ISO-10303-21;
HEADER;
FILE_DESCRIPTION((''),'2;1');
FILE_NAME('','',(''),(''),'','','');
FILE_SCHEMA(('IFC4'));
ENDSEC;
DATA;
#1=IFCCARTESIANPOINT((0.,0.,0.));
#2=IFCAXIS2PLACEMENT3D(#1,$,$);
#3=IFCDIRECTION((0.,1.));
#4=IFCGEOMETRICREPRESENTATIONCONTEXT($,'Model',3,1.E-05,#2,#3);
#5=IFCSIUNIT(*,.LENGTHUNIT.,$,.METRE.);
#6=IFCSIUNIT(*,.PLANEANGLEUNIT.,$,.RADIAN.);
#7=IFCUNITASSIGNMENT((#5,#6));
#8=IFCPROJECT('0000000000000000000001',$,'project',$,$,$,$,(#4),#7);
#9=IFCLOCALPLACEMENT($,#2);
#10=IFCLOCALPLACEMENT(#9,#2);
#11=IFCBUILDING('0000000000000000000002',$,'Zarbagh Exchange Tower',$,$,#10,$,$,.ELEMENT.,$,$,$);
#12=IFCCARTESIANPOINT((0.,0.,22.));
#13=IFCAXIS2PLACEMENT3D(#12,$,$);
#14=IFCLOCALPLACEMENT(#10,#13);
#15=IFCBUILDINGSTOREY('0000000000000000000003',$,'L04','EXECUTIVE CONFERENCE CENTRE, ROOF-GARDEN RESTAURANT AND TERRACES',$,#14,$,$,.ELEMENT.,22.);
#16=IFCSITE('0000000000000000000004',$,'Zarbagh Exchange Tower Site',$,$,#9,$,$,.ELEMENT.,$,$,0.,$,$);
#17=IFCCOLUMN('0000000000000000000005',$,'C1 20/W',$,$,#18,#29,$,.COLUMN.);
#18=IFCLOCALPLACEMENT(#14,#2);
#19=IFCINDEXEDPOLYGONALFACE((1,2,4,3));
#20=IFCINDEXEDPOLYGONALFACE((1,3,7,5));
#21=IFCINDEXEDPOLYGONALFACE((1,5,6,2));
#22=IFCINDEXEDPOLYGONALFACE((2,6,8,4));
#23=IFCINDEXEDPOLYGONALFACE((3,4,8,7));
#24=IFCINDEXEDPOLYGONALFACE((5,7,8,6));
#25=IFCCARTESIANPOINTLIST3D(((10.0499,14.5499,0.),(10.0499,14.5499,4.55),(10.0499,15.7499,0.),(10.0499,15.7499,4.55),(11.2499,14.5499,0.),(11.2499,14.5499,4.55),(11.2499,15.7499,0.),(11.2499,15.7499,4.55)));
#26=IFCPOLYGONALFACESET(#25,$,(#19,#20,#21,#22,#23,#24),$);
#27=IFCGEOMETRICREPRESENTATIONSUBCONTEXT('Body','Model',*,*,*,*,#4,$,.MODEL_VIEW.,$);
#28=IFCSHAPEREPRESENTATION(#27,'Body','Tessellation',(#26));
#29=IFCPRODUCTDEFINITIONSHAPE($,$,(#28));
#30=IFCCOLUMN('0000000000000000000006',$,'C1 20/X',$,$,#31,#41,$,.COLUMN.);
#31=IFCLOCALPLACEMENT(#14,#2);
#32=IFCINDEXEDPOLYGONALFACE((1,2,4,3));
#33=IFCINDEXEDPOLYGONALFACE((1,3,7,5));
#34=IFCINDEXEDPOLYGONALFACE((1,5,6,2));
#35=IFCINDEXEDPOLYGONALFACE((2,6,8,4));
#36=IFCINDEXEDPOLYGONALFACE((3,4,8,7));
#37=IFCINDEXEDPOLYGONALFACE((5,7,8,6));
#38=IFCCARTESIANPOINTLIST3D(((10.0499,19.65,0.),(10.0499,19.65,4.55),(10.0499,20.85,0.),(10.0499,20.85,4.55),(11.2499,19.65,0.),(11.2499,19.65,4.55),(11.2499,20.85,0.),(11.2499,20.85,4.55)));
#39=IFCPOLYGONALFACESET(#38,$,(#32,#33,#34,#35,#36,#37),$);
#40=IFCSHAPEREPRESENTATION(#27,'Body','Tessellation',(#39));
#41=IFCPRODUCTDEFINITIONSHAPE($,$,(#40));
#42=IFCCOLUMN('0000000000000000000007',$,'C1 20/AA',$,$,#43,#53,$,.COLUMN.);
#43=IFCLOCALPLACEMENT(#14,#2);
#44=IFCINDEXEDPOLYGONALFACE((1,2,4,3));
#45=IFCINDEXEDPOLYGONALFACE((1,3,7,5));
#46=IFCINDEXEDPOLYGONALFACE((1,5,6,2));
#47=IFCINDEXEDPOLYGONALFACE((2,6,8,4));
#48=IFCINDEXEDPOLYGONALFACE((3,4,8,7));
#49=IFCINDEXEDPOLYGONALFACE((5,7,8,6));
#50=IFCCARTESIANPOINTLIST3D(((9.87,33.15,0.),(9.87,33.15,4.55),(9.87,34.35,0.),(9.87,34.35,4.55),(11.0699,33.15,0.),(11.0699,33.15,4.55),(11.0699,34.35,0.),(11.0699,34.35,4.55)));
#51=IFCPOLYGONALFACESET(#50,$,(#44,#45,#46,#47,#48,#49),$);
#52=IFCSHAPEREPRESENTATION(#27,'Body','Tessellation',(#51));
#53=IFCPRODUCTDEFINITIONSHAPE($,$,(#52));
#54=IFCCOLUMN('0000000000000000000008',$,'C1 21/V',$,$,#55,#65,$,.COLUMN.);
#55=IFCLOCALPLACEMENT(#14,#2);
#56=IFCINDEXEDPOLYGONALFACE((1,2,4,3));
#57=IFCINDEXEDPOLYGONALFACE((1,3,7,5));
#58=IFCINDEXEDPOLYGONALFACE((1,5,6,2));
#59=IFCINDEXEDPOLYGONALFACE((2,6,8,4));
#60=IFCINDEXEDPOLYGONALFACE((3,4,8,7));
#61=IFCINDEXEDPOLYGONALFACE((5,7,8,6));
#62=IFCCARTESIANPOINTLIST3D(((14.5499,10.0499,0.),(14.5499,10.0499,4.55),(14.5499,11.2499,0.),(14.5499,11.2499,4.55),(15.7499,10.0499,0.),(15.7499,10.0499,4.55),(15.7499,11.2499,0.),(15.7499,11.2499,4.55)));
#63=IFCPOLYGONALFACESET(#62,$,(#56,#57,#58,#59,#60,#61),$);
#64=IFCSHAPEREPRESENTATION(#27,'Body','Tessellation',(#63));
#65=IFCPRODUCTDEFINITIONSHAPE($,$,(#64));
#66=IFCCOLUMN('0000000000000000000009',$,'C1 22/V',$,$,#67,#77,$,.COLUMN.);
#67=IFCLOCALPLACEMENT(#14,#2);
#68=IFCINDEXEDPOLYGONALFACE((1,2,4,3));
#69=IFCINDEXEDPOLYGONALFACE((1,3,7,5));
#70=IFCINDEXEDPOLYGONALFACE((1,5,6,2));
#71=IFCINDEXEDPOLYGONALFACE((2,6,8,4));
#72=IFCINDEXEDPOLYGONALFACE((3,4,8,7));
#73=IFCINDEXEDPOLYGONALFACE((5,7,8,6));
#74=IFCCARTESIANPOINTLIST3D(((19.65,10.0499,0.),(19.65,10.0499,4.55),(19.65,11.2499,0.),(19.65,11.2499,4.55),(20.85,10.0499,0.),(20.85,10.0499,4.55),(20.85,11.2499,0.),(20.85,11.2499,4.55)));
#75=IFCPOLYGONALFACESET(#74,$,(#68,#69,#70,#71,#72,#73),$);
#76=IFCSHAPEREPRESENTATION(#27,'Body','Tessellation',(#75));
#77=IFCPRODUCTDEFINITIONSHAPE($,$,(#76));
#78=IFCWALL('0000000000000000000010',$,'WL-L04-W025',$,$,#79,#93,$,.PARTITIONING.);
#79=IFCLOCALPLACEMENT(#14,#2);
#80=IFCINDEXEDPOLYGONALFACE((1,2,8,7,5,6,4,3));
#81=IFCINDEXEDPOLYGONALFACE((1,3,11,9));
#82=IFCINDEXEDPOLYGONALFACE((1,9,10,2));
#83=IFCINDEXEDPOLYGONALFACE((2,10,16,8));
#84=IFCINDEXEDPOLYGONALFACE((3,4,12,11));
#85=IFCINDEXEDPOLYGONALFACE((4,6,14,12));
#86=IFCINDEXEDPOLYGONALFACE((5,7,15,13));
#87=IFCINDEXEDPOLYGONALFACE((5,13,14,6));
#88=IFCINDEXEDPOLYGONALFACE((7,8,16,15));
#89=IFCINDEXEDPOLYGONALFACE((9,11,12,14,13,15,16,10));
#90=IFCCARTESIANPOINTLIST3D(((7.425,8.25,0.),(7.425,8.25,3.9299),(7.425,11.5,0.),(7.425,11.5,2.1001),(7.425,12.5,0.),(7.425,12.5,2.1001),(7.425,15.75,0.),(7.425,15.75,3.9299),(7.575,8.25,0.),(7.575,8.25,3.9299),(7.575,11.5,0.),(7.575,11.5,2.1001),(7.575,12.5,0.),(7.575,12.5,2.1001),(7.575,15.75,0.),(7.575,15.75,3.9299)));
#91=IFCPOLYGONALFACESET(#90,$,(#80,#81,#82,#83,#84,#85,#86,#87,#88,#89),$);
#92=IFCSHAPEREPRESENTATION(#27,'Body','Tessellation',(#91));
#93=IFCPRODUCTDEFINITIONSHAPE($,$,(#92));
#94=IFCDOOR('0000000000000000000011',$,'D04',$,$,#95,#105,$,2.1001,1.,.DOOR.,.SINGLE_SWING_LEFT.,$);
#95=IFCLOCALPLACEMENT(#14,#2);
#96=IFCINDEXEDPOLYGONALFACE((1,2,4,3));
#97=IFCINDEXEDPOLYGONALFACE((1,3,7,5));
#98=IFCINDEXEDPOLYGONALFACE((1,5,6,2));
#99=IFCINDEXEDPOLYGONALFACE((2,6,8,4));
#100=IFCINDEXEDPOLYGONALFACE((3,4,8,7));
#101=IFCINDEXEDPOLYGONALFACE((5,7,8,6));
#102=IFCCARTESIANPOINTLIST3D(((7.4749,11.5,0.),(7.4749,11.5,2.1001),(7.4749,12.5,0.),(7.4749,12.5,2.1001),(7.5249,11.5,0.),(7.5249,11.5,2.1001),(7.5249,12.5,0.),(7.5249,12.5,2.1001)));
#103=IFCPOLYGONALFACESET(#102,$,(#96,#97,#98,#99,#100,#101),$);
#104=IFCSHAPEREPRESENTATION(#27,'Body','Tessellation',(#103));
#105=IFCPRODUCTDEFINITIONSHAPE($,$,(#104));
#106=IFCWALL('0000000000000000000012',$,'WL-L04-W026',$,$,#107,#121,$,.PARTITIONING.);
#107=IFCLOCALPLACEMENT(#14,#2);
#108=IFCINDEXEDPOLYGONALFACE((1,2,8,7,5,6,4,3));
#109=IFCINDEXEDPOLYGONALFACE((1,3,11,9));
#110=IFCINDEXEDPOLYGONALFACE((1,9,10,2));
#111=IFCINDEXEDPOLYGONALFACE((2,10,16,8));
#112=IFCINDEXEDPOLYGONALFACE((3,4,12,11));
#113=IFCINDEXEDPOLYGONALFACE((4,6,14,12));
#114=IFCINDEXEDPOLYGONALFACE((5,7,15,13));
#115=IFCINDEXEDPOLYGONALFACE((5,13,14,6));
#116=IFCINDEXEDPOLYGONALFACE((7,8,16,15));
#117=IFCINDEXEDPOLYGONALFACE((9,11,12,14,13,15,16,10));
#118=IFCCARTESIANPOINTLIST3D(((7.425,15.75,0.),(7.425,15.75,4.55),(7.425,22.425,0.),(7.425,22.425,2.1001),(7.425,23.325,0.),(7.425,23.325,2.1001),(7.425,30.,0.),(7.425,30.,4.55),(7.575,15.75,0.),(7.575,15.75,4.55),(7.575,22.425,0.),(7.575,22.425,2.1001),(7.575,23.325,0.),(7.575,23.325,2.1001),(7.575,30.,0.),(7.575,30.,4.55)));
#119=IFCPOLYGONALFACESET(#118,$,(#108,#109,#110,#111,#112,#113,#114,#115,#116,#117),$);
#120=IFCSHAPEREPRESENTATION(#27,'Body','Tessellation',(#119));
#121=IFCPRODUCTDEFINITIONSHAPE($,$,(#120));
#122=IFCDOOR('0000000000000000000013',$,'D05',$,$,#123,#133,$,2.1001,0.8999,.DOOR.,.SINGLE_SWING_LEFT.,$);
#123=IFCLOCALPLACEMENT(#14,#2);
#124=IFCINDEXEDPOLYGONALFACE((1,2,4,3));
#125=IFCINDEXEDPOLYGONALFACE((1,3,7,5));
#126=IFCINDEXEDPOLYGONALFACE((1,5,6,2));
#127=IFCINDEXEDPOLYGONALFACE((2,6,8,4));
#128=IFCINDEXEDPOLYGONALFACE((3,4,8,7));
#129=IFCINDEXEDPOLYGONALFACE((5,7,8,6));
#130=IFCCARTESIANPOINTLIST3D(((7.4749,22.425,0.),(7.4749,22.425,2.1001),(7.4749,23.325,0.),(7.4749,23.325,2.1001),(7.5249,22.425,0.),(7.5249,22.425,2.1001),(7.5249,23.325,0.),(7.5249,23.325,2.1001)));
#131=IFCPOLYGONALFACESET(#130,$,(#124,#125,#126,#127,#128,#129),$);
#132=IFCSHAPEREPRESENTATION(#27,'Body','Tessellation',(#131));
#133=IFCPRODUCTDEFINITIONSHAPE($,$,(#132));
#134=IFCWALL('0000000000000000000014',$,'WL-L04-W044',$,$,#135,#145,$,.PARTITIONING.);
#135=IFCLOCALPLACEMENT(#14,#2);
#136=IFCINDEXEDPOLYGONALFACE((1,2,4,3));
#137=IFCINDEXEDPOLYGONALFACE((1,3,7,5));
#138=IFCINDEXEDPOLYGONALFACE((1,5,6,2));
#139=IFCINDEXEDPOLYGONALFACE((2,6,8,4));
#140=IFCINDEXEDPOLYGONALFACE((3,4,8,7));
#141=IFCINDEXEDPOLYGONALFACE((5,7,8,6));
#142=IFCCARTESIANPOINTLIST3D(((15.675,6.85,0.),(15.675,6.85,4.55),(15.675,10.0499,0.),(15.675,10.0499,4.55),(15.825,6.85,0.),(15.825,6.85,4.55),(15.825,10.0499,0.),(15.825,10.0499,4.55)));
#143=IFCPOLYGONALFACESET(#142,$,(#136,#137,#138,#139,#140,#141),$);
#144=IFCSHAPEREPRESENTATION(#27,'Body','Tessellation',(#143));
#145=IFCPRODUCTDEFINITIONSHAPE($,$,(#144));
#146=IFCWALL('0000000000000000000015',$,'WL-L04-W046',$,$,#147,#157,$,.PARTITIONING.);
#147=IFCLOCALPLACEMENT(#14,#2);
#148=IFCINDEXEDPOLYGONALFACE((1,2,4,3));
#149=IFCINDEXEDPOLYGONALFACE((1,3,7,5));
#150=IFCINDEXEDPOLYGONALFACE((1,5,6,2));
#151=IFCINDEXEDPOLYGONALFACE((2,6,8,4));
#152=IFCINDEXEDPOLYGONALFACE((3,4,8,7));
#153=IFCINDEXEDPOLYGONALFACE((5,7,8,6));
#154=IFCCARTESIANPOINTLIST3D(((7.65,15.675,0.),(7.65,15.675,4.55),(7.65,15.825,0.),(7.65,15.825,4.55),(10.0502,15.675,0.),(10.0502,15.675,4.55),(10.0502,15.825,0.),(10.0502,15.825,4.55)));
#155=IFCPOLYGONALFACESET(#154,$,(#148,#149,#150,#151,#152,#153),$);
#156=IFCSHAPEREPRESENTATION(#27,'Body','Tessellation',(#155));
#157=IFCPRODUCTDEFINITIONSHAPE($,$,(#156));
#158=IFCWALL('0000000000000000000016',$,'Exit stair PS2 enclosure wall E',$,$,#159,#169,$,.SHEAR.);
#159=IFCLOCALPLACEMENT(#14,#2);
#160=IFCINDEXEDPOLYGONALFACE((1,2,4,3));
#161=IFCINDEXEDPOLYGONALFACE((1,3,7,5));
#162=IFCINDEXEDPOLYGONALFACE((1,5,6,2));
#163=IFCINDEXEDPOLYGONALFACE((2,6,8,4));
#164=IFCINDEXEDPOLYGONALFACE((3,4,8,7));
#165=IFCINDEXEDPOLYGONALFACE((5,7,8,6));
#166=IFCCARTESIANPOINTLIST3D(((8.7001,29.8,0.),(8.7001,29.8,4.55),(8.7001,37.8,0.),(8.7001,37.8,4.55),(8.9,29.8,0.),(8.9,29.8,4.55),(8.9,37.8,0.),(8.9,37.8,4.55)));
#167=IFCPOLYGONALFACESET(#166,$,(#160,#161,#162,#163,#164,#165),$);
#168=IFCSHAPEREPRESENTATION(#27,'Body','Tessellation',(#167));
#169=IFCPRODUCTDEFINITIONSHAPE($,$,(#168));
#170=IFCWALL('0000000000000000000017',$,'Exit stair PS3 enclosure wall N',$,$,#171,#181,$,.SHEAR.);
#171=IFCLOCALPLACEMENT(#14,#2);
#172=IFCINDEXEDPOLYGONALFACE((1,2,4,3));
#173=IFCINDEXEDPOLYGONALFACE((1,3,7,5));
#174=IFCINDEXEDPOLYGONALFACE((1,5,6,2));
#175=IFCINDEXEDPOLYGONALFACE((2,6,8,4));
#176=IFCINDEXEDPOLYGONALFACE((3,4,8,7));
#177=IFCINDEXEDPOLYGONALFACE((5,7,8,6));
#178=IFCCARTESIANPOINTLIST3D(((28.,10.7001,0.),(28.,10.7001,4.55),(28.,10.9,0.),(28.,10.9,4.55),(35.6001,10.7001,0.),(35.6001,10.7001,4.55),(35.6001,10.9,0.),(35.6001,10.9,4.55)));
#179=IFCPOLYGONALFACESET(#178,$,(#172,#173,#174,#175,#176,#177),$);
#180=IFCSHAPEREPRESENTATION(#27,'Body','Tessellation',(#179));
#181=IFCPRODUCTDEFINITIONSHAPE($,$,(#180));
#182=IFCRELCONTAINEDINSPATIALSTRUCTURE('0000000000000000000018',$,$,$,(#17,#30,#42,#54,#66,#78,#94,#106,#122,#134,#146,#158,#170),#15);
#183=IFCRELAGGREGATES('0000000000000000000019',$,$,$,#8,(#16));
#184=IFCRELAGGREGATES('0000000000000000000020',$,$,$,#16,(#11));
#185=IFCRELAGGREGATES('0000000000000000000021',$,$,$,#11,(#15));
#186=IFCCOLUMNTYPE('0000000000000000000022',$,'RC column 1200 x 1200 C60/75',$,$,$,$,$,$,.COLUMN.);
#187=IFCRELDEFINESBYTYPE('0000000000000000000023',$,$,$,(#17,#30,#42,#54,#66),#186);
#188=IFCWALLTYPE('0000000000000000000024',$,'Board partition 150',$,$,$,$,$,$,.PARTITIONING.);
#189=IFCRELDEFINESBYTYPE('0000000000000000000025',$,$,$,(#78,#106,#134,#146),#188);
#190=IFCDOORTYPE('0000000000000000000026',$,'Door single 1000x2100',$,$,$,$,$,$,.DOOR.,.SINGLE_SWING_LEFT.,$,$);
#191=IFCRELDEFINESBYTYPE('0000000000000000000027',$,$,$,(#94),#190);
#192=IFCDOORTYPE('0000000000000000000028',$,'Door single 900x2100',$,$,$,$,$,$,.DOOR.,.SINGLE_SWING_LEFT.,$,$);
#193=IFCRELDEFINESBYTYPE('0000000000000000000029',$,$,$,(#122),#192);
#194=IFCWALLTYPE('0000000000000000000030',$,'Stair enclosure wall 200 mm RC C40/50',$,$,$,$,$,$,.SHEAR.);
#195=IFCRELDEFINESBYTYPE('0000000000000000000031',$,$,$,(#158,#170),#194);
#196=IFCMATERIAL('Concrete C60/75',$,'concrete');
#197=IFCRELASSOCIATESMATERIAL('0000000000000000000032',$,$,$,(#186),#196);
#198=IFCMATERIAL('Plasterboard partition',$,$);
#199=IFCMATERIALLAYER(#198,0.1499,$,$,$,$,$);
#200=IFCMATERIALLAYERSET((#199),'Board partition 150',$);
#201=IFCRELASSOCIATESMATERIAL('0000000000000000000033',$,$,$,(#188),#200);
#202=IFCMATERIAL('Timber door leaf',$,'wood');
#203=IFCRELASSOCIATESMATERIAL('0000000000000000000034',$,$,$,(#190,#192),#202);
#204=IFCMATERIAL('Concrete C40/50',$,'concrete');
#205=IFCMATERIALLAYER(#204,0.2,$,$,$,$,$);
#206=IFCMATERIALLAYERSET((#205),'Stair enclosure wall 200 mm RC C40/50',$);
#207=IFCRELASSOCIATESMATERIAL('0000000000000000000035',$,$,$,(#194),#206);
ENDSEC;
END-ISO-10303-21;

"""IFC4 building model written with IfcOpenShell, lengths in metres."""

from ifc_helpers import new_model, si_unit, direction, frame, frame_2d, origin, origin_2d, place, context, subcontext, project, spatial, rectangle, extrude, material, layer, layer_set, material_profile, profile_set, type_object, element, fill, save


model = new_model("IFC4")

# Units and contexts
model_context = context("Model", 3, precision=1e-05, world=origin(), true_north=direction((0.0, 1.0)))
body_context = subcontext(model_context, "Body", "Model", "MODEL_VIEW")
ifc_project = project(units=[si_unit("LENGTHUNIT", "METRE"), si_unit("PLANEANGLEUNIT", "RADIAN")], contexts=[model_context])

# Site, building, storey
site_placement = place(None, origin())
site = spatial("IfcSite", under=ifc_project, at=site_placement, Name="Zarbagh Exchange Tower Site", CompositionType="ELEMENT", RefElevation=0.0)
building_placement = place(site_placement, origin())
building = spatial("IfcBuilding", under=site, at=building_placement, Name="Zarbagh Exchange Tower", CompositionType="ELEMENT")
storey_placement = place(building_placement, frame((0.0, 0.0, 22.0)))
storey = spatial("IfcBuildingStorey", under=building, at=storey_placement, Name="L04", Description="EXECUTIVE CONFERENCE CENTRE, ROOF-GARDEN RESTAURANT AND TERRACES", CompositionType="ELEMENT", Elevation=22.0)

# Columns
ifc_material_1 = material(Name="Concrete C60/75", Category="concrete")
ifc_material_profile = material_profile(ifc_material_1, rectangle(XDim=1.2, YDim=1.2, at=origin_2d()), Name="RC column 1200 x 1200 C60/75")
ifc_profile_set = profile_set([ifc_material_profile], Name="Concrete C60/75")
column_type = type_object("IfcColumnType", Name="RC column 1200 x 1200 C60/75", PredefinedType="COLUMN", material=ifc_profile_set)
for number, where, z_axis, x_axis, name in (
    (1, (10.6499, 15.1499, 0.0), (0.0, 0.0, 1.0), (1.0, 0.0, 0.0), "C1 20/W"),
    (2, (10.6499, 20.25, 0.0), (0.0, 0.0, 1.0), (1.0, 0.0, 0.0), "C1 20/X"),
    (3, (10.47, 33.75, 0.0), (0.0, 0.0, 1.0), (1.0, 0.0, 0.0), "C1 20/AA"),
    (4, (15.1499, 10.6499, 0.0), (0.0, 0.0, 1.0), (1.0, 0.0, 0.0), "C1 21/V"),
    (5, (20.25, 10.6499, 0.0), (0.0, 0.0, 1.0), (1.0, 0.0, 0.0), "C1 22/V"),
):
    element("IfcColumn", number, at=place(storey_placement, frame(where, z_axis=z_axis, x_axis=x_axis)), inside=storey, type_object=column_type, Name=name, PredefinedType="COLUMN", context=body_context, shape_type="SweptSolid", body=[
        extrude(rectangle(XDim=1.2, YDim=1.2, at=origin_2d()), origin(), (0.0, 0.0, 1.0), 4.55),
    ])

# Walls, openings, doors
ifc_material_2 = material(Name="Plasterboard partition")
ifc_layer_1 = layer(ifc_material_2, 0.1499)
ifc_layer_set_1 = layer_set([ifc_layer_1], Name="Board partition 150")
wall_type_1 = type_object("IfcWallType", Name="Board partition 150", PredefinedType="PARTITIONING", material=ifc_layer_set_1)
wall_1_placement = place(storey_placement, frame((7.5, 15.75, 0.0), z_axis=(0.0, 0.0, 1.0), x_axis=(0.0, -1.0, 0.0)))
wall_1 = element("IfcWall", 6, at=wall_1_placement, inside=storey, type_object=wall_type_1, Name="WL-L04-W025", PredefinedType="PARTITIONING", context=body_context, shape_type="SweptSolid", body=[
    extrude(rectangle(XDim=7.5, YDim=0.1499, at=frame_2d((3.75, 0.0))), origin(), (0.0, 0.0, 1.0), 3.9299),
])
opening_1_placement = place(wall_1_placement, frame((3.25, 0.0, 0.0)))
opening_1 = element("IfcOpeningElement", 7, at=opening_1_placement, cuts=wall_1, PredefinedType="OPENING", context=body_context, shape_type="SweptSolid", body=[
    extrude(rectangle(XDim=1.0, YDim=2.1001, at=frame_2d((0.5, 1.05))), frame((0.0, 0.085, 0.0), z_axis=(0.0, -1.0, 0.0), x_axis=(1.0, 0.0, 0.0)), (0.0, 0.0, 1.0), 0.1699),
])
ifc_material_3 = material(Name="Timber door leaf", Category="wood")
door_type_1 = type_object("IfcDoorType", Name="Door single 1000x2100", OperationType="SINGLE_SWING_LEFT", PredefinedType="DOOR", material=ifc_material_3)
door_1_placement = place(opening_1_placement, origin())
door_1 = element("IfcDoor", 8, at=door_1_placement, inside=storey, type_object=door_type_1, Name="D04", OperationType="SINGLE_SWING_LEFT", OverallHeight=2.1001, OverallWidth=1.0, PredefinedType="DOOR", context=body_context, shape_type="SweptSolid", body=[
    extrude(rectangle(XDim=1.0, YDim=2.1001, at=frame_2d((0.5, 1.05))), frame((0.0, 0.0249, 0.0), z_axis=(0.0, -1.0, 0.0), x_axis=(1.0, 0.0, 0.0)), (0.0, 0.0, 1.0), 0.05),
])
fill(opening_1, door_1)
wall_2_placement = place(storey_placement, frame((7.5, 30.0, 0.0), z_axis=(0.0, 0.0, 1.0), x_axis=(0.0, -1.0, 0.0)))
wall_2 = element("IfcWall", 9, at=wall_2_placement, inside=storey, type_object=wall_type_1, Name="WL-L04-W026", PredefinedType="PARTITIONING", context=body_context, shape_type="SweptSolid", body=[
    extrude(rectangle(XDim=14.25, YDim=0.1499, at=frame_2d((7.125, 0.0))), origin(), (0.0, 0.0, 1.0), 4.55),
])
opening_2_placement = place(wall_2_placement, frame((6.675, 0.0, 0.0)))
opening_2 = element("IfcOpeningElement", 10, at=opening_2_placement, cuts=wall_2, PredefinedType="OPENING", context=body_context, shape_type="SweptSolid", body=[
    extrude(rectangle(XDim=0.8999, YDim=2.1001, at=frame_2d((0.45, 1.05))), frame((0.0, 0.085, 0.0), z_axis=(0.0, -1.0, 0.0), x_axis=(1.0, 0.0, 0.0)), (0.0, 0.0, 1.0), 0.1699),
])
door_type_2 = type_object("IfcDoorType", Name="Door single 900x2100", OperationType="SINGLE_SWING_LEFT", PredefinedType="DOOR", material=ifc_material_3)
door_2_placement = place(opening_2_placement, origin())
door_2 = element("IfcDoor", 11, at=door_2_placement, inside=storey, type_object=door_type_2, Name="D05", OperationType="SINGLE_SWING_LEFT", OverallHeight=2.1001, OverallWidth=0.8999, PredefinedType="DOOR", context=body_context, shape_type="SweptSolid", body=[
    extrude(rectangle(XDim=0.8999, YDim=2.1001, at=frame_2d((0.45, 1.05))), frame((0.0, 0.0249, 0.0), z_axis=(0.0, -1.0, 0.0), x_axis=(1.0, 0.0, 0.0)), (0.0, 0.0, 1.0), 0.05),
])
fill(opening_2, door_2)

# Walls
wall_3_placement = place(storey_placement, frame((15.75, 10.05, 0.0), z_axis=(0.0, 0.0, 1.0), x_axis=(0.0, -1.0, 0.0)))
element("IfcWall", 12, at=wall_3_placement, inside=storey, type_object=wall_type_1, Name="WL-L04-W044", PredefinedType="PARTITIONING", context=body_context, shape_type="SweptSolid", body=[
    extrude(rectangle(XDim=3.2, YDim=0.1499, at=frame_2d((1.6001, 0.0))), origin(), (0.0, 0.0, 1.0), 4.55),
])
wall_4_placement = place(storey_placement, frame((7.6499, 15.75, 0.0), z_axis=(0.0, 0.0, 1.0), x_axis=(1.0, 0.0, 0.0)))
element("IfcWall", 13, at=wall_4_placement, inside=storey, type_object=wall_type_1, Name="WL-L04-W046", PredefinedType="PARTITIONING", context=body_context, shape_type="SweptSolid", body=[
    extrude(rectangle(XDim=2.4001, YDim=0.1499, at=frame_2d((1.2002, 0.0))), origin(), (0.0, 0.0, 1.0), 4.55),
])
ifc_material_4 = material(Name="Concrete C40/50", Category="concrete")
ifc_layer_2 = layer(ifc_material_4, 0.2)
ifc_layer_set_2 = layer_set([ifc_layer_2], Name="Stair enclosure wall 200 mm RC C40/50")
wall_type_2 = type_object("IfcWallType", Name="Stair enclosure wall 200 mm RC C40/50", PredefinedType="SHEAR", material=ifc_layer_set_2)
wall_5_placement = place(storey_placement, frame((8.8, 29.8, 0.0), z_axis=(0.0, 0.0, 1.0), x_axis=(0.0, 1.0, 0.0)))
element("IfcWall", 14, at=wall_5_placement, inside=storey, type_object=wall_type_2, Name="Exit stair PS2 enclosure wall E", PredefinedType="SHEAR", context=body_context, shape_type="SweptSolid", body=[
    extrude(rectangle(XDim=8.0, YDim=0.2, at=frame_2d((4.0, 0.0))), origin(), (0.0, 0.0, 1.0), 4.55),
])
wall_6_placement = place(storey_placement, frame((28.0, 10.8, 0.0), z_axis=(0.0, 0.0, 1.0), x_axis=(1.0, 0.0, 0.0)))
element("IfcWall", 15, at=wall_6_placement, inside=storey, type_object=wall_type_2, Name="Exit stair PS3 enclosure wall N", PredefinedType="SHEAR", context=body_context, shape_type="SweptSolid", body=[
    extrude(rectangle(XDim=7.6001, YDim=0.2, at=frame_2d((3.8, 0.0))), origin(), (0.0, 0.0, 1.0), 4.55),
])

save(model, "model.ifc")
